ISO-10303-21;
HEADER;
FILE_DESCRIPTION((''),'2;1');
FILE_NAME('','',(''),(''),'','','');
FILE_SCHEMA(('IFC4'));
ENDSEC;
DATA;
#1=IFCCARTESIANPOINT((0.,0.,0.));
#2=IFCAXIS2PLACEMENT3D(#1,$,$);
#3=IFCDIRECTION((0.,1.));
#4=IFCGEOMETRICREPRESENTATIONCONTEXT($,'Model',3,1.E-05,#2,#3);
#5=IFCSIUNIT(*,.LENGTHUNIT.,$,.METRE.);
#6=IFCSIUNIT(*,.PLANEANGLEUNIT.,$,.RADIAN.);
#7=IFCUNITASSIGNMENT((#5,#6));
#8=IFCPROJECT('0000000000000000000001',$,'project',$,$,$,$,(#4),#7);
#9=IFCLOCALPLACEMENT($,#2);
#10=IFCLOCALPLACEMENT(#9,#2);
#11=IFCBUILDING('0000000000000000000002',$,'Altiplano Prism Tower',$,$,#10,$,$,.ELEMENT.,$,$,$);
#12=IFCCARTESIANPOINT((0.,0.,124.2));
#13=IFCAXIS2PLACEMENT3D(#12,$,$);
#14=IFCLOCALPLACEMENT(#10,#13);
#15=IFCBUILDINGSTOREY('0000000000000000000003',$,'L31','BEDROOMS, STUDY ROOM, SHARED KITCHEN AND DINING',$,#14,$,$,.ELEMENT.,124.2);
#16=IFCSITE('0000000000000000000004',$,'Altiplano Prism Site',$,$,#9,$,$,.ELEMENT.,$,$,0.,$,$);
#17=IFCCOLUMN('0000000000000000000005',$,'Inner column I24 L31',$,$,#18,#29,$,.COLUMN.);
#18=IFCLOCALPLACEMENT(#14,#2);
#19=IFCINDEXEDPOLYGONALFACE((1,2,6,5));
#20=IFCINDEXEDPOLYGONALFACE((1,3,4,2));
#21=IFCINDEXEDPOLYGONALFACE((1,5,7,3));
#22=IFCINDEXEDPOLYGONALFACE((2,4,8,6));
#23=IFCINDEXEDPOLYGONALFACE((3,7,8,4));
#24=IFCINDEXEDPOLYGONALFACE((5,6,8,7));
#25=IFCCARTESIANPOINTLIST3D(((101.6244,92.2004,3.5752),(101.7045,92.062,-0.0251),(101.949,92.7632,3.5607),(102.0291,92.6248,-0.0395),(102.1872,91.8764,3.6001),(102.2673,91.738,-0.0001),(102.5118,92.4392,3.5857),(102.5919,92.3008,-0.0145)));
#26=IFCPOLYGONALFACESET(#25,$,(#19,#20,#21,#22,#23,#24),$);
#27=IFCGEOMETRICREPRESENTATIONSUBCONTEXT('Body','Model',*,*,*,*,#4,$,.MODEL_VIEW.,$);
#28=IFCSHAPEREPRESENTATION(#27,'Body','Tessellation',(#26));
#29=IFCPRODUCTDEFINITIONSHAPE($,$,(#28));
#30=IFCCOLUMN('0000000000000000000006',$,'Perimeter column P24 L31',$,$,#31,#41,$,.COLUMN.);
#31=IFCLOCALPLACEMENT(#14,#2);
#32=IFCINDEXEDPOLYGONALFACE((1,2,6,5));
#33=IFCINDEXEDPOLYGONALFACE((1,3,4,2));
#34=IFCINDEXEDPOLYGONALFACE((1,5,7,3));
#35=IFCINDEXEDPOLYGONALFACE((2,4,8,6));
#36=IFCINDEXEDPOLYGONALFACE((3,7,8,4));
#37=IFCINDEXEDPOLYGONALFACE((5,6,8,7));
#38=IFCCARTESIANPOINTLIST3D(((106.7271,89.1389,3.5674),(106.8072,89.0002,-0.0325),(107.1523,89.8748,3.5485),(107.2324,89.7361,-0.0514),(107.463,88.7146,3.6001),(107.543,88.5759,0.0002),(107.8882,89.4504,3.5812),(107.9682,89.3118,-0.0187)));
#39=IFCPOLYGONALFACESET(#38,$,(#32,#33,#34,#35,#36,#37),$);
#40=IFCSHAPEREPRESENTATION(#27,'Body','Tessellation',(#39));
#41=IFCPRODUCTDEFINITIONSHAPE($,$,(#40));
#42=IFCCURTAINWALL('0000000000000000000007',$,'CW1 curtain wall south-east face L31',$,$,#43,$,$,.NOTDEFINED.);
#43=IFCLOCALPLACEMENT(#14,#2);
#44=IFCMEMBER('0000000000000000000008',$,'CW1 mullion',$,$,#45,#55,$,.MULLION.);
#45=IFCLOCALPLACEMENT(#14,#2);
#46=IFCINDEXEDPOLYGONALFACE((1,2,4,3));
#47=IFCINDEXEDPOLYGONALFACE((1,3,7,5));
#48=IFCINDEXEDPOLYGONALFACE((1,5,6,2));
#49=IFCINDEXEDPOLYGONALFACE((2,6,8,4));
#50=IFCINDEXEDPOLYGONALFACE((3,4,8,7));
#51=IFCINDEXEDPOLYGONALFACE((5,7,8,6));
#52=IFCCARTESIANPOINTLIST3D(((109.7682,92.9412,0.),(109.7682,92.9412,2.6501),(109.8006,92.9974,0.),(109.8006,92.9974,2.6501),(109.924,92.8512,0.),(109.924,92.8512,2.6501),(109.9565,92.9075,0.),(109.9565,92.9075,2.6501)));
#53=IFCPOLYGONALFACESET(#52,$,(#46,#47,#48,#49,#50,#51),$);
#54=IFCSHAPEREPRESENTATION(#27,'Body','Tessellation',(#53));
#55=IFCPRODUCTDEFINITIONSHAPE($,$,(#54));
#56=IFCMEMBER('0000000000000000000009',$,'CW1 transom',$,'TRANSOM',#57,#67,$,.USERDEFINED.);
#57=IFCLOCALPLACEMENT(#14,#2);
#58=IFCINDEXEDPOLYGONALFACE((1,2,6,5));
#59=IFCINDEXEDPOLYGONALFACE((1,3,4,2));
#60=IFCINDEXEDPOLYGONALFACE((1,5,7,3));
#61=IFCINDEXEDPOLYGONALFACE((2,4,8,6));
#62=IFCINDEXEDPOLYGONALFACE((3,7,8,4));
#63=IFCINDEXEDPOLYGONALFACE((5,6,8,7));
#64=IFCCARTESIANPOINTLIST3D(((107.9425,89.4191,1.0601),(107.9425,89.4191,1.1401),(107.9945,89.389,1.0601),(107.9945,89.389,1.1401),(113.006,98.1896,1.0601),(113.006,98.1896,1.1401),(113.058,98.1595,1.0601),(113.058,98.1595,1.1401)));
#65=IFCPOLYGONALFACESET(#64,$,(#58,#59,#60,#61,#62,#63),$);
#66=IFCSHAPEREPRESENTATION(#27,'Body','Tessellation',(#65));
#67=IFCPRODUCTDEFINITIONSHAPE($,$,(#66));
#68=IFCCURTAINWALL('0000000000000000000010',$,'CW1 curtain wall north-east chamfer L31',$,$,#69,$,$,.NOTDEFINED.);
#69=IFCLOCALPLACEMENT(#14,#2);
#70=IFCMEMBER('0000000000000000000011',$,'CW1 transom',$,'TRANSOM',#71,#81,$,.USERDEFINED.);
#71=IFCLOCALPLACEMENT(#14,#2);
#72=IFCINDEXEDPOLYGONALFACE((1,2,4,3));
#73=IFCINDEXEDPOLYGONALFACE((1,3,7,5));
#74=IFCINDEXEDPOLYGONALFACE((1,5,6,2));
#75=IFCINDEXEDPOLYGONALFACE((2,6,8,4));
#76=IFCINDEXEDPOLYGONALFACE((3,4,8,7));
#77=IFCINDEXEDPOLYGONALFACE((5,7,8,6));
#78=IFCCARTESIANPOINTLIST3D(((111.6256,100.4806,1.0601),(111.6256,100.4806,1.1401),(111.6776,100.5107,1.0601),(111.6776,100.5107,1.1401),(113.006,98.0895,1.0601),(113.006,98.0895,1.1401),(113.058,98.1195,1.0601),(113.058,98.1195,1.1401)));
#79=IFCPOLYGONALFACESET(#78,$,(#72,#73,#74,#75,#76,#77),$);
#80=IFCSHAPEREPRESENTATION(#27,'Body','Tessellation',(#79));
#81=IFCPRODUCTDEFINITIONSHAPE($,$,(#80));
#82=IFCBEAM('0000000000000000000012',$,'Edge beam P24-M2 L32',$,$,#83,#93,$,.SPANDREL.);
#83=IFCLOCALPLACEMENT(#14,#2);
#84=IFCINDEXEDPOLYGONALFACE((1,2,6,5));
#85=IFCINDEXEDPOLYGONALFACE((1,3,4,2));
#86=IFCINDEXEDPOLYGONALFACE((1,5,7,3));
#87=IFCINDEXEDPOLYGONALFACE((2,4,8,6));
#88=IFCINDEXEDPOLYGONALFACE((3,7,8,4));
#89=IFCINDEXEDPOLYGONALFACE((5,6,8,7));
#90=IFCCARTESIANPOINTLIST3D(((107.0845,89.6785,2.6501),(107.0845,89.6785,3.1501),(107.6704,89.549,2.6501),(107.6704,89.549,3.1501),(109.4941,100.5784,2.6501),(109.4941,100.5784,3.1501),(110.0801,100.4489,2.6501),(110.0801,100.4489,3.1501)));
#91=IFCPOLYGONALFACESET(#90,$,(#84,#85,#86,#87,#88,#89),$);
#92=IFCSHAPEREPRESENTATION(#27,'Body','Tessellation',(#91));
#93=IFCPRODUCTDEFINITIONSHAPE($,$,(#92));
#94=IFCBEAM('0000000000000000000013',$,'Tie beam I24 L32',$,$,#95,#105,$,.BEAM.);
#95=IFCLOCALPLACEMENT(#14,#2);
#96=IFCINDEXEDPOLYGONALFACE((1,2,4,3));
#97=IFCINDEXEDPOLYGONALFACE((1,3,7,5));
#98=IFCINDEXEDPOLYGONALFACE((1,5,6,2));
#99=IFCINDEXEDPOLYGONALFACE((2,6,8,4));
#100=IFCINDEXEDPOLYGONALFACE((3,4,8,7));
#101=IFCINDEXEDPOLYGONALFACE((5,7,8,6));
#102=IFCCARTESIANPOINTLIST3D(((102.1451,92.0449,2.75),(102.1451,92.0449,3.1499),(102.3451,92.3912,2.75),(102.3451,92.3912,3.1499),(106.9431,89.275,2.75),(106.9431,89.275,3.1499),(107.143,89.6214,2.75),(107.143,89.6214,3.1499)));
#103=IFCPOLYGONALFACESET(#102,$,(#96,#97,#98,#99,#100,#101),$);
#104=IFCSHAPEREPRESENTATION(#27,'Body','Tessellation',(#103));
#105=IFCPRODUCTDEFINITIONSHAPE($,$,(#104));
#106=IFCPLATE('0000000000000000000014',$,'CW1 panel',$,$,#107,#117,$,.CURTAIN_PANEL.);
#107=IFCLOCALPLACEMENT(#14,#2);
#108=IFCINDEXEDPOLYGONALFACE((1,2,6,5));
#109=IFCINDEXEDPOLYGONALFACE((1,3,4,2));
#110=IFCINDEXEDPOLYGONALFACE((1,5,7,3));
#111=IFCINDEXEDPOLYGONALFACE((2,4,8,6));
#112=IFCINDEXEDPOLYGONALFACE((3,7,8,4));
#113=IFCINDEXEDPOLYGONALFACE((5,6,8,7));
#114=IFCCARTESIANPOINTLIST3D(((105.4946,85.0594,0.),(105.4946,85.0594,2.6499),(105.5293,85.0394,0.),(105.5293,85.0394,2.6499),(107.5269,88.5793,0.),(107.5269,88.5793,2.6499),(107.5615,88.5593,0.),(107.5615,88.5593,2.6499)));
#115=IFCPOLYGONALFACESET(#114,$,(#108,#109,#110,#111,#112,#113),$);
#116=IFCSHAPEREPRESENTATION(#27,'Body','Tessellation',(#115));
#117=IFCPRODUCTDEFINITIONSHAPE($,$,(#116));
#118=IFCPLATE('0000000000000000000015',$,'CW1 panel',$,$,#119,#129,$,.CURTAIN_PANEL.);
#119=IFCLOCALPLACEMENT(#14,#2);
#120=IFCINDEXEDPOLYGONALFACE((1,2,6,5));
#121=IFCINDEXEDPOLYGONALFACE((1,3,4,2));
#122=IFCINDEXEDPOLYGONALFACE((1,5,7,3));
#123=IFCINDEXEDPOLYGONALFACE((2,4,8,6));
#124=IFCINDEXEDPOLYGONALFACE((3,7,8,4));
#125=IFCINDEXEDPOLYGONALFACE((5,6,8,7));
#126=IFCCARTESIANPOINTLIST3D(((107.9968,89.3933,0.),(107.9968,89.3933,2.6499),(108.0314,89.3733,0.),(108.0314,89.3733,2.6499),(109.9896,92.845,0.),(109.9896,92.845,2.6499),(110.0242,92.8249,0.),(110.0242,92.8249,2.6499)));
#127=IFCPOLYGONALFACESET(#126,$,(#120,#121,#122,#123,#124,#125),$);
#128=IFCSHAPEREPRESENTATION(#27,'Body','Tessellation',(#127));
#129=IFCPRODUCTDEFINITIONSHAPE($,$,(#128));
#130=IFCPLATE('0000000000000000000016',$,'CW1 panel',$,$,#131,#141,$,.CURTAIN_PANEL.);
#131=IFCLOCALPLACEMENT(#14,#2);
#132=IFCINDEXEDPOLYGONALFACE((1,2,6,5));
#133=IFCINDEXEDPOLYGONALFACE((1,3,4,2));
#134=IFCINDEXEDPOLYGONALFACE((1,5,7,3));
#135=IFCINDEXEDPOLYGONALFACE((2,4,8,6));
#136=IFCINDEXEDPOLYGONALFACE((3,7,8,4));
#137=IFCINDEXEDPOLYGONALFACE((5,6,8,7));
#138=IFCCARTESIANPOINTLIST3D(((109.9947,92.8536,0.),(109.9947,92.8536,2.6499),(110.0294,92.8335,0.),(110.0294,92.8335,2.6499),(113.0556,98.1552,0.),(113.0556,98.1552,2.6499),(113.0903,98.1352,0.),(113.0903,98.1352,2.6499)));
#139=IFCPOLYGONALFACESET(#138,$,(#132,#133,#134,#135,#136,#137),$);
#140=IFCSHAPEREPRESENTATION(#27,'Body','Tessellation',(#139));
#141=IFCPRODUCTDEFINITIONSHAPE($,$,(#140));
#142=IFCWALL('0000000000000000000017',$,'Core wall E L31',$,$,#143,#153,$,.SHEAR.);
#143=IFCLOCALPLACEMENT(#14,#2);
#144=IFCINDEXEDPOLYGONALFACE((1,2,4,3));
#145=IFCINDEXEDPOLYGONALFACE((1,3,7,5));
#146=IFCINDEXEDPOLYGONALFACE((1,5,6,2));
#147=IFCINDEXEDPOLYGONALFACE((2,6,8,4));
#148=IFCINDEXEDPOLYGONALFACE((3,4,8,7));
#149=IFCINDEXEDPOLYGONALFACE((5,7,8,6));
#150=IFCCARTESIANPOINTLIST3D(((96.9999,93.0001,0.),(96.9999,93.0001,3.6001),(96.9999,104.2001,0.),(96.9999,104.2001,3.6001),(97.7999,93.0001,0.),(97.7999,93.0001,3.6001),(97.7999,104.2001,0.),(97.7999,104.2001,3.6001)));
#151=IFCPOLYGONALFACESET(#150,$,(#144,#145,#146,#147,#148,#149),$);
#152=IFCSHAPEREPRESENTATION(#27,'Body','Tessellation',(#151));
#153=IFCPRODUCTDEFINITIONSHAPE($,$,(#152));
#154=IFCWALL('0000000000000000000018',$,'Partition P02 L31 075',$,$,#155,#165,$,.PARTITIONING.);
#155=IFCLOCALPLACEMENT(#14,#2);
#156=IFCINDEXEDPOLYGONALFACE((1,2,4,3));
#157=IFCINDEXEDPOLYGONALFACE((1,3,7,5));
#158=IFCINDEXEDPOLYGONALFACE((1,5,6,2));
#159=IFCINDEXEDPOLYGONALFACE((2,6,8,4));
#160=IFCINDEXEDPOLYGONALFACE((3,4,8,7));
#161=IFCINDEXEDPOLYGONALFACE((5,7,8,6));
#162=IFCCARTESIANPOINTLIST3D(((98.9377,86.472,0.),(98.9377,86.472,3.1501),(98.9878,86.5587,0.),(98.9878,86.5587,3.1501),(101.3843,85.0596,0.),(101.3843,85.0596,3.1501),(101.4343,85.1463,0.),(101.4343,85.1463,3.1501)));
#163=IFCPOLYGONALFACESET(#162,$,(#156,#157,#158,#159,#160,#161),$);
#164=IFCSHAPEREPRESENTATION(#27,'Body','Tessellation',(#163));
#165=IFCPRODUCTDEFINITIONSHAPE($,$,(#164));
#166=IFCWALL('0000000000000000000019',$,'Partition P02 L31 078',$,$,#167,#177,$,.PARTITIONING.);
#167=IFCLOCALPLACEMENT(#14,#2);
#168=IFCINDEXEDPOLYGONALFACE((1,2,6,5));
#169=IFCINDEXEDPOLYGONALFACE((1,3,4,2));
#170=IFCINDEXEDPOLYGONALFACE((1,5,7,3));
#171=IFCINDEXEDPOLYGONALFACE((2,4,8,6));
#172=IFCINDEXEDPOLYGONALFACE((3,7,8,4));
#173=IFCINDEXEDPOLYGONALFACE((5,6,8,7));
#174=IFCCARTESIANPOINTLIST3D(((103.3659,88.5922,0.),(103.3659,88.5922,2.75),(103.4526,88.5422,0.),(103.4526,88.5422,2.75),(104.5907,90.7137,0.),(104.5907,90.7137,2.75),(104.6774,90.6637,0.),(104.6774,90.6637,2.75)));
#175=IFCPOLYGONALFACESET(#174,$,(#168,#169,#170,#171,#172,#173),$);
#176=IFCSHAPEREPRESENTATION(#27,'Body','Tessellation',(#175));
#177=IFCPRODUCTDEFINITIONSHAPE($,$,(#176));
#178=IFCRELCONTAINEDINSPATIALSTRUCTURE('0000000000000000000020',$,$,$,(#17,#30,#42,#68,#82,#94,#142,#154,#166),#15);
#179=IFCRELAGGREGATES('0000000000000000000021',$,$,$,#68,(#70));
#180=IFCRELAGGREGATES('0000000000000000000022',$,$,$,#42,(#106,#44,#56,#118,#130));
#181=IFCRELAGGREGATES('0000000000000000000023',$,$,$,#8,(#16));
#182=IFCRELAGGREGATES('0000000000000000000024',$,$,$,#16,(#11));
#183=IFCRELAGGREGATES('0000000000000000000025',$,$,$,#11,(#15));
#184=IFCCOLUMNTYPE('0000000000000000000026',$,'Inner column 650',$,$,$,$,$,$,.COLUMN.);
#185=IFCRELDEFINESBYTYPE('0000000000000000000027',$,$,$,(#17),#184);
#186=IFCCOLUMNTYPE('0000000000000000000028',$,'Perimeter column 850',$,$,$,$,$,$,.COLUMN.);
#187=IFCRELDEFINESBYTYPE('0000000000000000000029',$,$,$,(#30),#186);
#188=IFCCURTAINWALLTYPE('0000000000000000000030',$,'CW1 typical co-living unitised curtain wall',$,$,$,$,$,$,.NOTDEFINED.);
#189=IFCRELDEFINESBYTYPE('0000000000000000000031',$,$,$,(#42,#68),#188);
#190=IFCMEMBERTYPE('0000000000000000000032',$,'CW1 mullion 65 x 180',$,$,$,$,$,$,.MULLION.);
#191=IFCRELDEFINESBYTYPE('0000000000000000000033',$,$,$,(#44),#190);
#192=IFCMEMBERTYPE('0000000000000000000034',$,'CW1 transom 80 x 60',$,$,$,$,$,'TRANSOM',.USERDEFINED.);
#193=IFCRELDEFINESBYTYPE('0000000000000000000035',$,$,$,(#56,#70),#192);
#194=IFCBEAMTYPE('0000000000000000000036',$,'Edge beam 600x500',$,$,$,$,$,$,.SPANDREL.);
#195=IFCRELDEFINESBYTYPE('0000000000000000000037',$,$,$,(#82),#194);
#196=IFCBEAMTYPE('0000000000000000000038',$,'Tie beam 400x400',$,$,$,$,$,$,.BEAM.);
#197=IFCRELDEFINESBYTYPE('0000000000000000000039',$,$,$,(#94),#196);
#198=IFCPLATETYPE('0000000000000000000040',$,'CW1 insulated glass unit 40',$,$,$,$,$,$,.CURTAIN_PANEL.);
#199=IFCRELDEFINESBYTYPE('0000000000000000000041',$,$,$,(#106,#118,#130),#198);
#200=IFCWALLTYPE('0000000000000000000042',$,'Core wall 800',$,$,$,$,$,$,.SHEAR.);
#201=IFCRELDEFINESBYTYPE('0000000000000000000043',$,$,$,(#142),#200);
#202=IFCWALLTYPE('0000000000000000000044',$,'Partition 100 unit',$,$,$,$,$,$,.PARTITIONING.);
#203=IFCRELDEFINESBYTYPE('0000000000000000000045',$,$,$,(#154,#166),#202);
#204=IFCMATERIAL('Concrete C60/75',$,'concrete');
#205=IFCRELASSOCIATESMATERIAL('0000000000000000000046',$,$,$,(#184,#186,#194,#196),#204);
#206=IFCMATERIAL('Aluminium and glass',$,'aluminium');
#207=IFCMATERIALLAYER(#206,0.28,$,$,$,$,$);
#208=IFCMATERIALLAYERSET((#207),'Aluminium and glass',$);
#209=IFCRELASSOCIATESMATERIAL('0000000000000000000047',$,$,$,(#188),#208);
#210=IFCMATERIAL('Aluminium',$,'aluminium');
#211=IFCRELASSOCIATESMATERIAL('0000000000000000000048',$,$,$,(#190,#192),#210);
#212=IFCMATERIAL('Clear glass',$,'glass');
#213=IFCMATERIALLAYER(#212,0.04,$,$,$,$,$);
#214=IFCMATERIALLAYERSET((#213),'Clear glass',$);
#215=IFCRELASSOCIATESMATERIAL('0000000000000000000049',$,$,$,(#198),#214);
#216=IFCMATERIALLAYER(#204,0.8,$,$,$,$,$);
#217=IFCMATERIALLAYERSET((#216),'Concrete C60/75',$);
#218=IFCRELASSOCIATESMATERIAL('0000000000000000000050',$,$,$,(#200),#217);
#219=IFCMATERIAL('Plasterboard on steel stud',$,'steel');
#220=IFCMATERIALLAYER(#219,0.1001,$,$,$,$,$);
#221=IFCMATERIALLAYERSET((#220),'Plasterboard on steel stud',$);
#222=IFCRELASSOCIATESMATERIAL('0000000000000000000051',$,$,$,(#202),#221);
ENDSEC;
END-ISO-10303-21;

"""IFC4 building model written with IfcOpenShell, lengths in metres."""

from ifc_helpers import new_model, si_unit, direction, frame, frame_2d, origin, origin_2d, place, context, subcontext, project, spatial, rectangle, extrude, material, layer, layer_set, material_profile, profile_set, type_object, element, aggregate, save


model = new_model("IFC4")

# Units and contexts
model_context = context("Model", 3, precision=1e-05, world=origin(), true_north=direction((0.0, 1.0)))
body_context = subcontext(model_context, "Body", "Model", "MODEL_VIEW")
ifc_project = project(units=[si_unit("LENGTHUNIT", "METRE"), si_unit("PLANEANGLEUNIT", "RADIAN")], contexts=[model_context])

# Site, building, storey
site_placement = place(None, origin())
site = spatial("IfcSite", under=ifc_project, at=site_placement, Name="Altiplano Prism Site", CompositionType="ELEMENT", RefElevation=0.0)
building_placement = place(site_placement, origin())
building = spatial("IfcBuilding", under=site, at=building_placement, Name="Altiplano Prism Tower", CompositionType="ELEMENT")
storey_placement = place(building_placement, frame((0.0, 0.0, 124.2)))
storey = spatial("IfcBuildingStorey", under=building, at=storey_placement, Name="L31", Description="BEDROOMS, STUDY ROOM, SHARED KITCHEN AND DINING", CompositionType="ELEMENT", Elevation=124.2)

# Columns
ifc_material_1 = material(Name="Concrete C60/75", Category="concrete")
ifc_material_profile_1 = material_profile(ifc_material_1, rectangle(XDim=0.6499, YDim=0.6499, at=origin_2d()), Name="Inner column 650")
ifc_profile_set_1 = profile_set([ifc_material_profile_1], Name="Concrete C60/75")
column_type_1 = type_object("IfcColumnType", Name="Inner column 650", PredefinedType="COLUMN", material=ifc_profile_set_1)
column_1_placement = place(storey_placement, frame((102.1482, 92.1814, -0.0198), z_axis=(-0.022221, 0.038413, 0.999015), x_axis=(-0.499513, -0.866022, 0.022189)))
element("IfcColumn", 1, at=column_1_placement, inside=storey, type_object=column_type_1, Name="Inner column I24 L31", PredefinedType="COLUMN", context=body_context, shape_type="SweptSolid", body=[
    extrude(rectangle(XDim=0.6499, YDim=0.6499, at=origin_2d()), origin(), (0.0, 0.0, 1.0), 3.6038),
])
ifc_material_profile_2 = material_profile(ifc_material_1, rectangle(XDim=0.8501, YDim=0.8501, at=origin_2d()), Name="Perimeter column 850")
ifc_profile_set_2 = profile_set([ifc_material_profile_2], Name="Concrete C60/75")
column_type_2 = type_object("IfcColumnType", Name="Perimeter column 850", PredefinedType="COLUMN", material=ifc_profile_set_2)
column_2_placement = place(storey_placement, frame((107.3877, 89.156, -0.0256), z_axis=(-0.022223, 0.038483, 0.999012), x_axis=(-0.500175, -0.865639, 0.022219)))
element("IfcColumn", 2, at=column_2_placement, inside=storey, type_object=column_type_2, Name="Perimeter column P24 L31", PredefinedType="COLUMN", context=body_context, shape_type="SweptSolid", body=[
    extrude(rectangle(XDim=0.8501, YDim=0.8501, at=origin_2d()), origin(), (0.0, 0.0, 1.0), 3.6035),
])

# Curtain wall, members
ifc_material_2 = material(Name="Aluminium and glass", Category="aluminium")
ifc_layer_1 = layer(ifc_material_2, 0.28)
ifc_layer_set_1 = layer_set([ifc_layer_1], Name="Aluminium and glass")
curtain_wall_type = type_object("IfcCurtainWallType", Name="CW1 typical co-living unitised curtain wall", PredefinedType="NOTDEFINED", material=ifc_layer_set_1)
curtain_wall_1_placement = place(storey_placement, origin())
curtain_wall_1 = element("IfcCurtainWall", 3, at=curtain_wall_1_placement, inside=storey, type_object=curtain_wall_type, Name="CW1 curtain wall south-east face L31", PredefinedType="NOTDEFINED")
ifc_material_3 = material(Name="Aluminium", Category="aluminium")
ifc_material_profile_3 = material_profile(ifc_material_3, rectangle(XDim=0.1799, YDim=0.0649, at=origin_2d()), Name="CW1 mullion 65 x 180")
ifc_profile_set_3 = profile_set([ifc_material_profile_3], Name="Aluminium")
member_type_1 = type_object("IfcMemberType", Name="CW1 mullion 65 x 180", PredefinedType="MULLION", material=ifc_profile_set_3)
member_1_placement = place(storey_placement, frame((109.8623, 92.9243, 0.0), z_axis=(0.0, 0.0, 1.0), x_axis=(-0.866025, 0.5, 0.0)))
member_1 = element("IfcMember", 4, at=member_1_placement, type_object=member_type_1, Name="CW1 mullion", PredefinedType="MULLION", context=body_context, shape_type="SweptSolid", body=[
    extrude(rectangle(XDim=0.1799, YDim=0.0649, at=origin_2d()), origin(), (0.0, 0.0, 1.0), 2.6501),
])
ifc_material_profile_4 = material_profile(ifc_material_3, rectangle(XDim=0.0601, YDim=0.0801, at=origin_2d()), Name="CW1 transom 80 x 60")
ifc_profile_set_4 = profile_set([ifc_material_profile_4], Name="Aluminium")
member_type_2 = type_object("IfcMemberType", Name="CW1 transom 80 x 60", ElementType="TRANSOM", PredefinedType="USERDEFINED", material=ifc_profile_set_4)
member_2_placement = place(storey_placement, frame((107.9685, 89.4041, 1.1001), z_axis=(0.499987, 0.866033, 0.0), x_axis=(-0.866033, 0.499987, 0.0)))
member_2 = element("IfcMember", 5, at=member_2_placement, type_object=member_type_2, Name="CW1 transom", ObjectType="TRANSOM", PredefinedType="USERDEFINED", context=body_context, shape_type="SweptSolid", body=[
    extrude(rectangle(XDim=0.0601, YDim=0.0801, at=origin_2d()), origin(), (0.0, 0.0, 1.0), 10.1272),
])

# Curtain wall, member
curtain_wall_2_placement = place(storey_placement, origin())
curtain_wall_2 = element("IfcCurtainWall", 6, at=curtain_wall_2_placement, inside=storey, type_object=curtain_wall_type, Name="CW1 curtain wall north-east chamfer L31", PredefinedType="NOTDEFINED")
member_3_placement = place(storey_placement, frame((113.032, 98.1045, 1.1001), z_axis=(-0.499962, 0.866047, 0.0), x_axis=(-0.866047, -0.499962, 0.0)))
member_3 = element("IfcMember", 7, at=member_3_placement, type_object=member_type_2, Name="CW1 transom", ObjectType="TRANSOM", PredefinedType="USERDEFINED", context=body_context, shape_type="SweptSolid", body=[
    extrude(rectangle(XDim=0.0601, YDim=0.0801, at=origin_2d()), origin(), (0.0, 0.0, 1.0), 2.761),
])
aggregate(curtain_wall_2, [member_3])

# Beams
ifc_material_profile_5 = material_profile(ifc_material_1, rectangle(XDim=0.6001, YDim=0.5, at=origin_2d()), Name="Edge beam 600x500")
ifc_profile_set_5 = profile_set([ifc_material_profile_5], Name="Concrete C60/75")
beam_type_1 = type_object("IfcBeamType", Name="Edge beam 600x500", PredefinedType="SPANDREL", material=ifc_profile_set_5)
beam_1_placement = place(storey_placement, frame((107.3774, 89.6138, 2.9001), z_axis=(0.21586, 0.976424, 0.0), x_axis=(-0.976424, 0.21586, 0.0)))
element("IfcBeam", 8, at=beam_1_placement, inside=storey, type_object=beam_type_1, Name="Edge beam P24-M2 L32", PredefinedType="SPANDREL", context=body_context, shape_type="SweptSolid", body=[
    extrude(rectangle(XDim=0.6001, YDim=0.5, at=origin_2d()), origin(), (0.0, 0.0, 1.0), 11.1631),
])
ifc_material_profile_6 = material_profile(ifc_material_1, rectangle(XDim=0.3999, YDim=0.3999, at=origin_2d()), Name="Tie beam 400x400")
ifc_profile_set_6 = profile_set([ifc_material_profile_6], Name="Concrete C60/75")
beam_type_2 = type_object("IfcBeamType", Name="Tie beam 400x400", PredefinedType="BEAM", material=ifc_profile_set_6)
beam_2_placement = place(storey_placement, frame((102.2451, 92.218, 2.95), z_axis=(0.866046, -0.499964, 0.0), x_axis=(0.499964, 0.866046, 0.0)))
element("IfcBeam", 9, at=beam_2_placement, inside=storey, type_object=beam_type_2, Name="Tie beam I24 L32", PredefinedType="BEAM", context=body_context, shape_type="SweptSolid", body=[
    extrude(rectangle(XDim=0.3999, YDim=0.3999, at=origin_2d()), origin(), (0.0, 0.0, 1.0), 5.54),
])

# Plates
ifc_material_4 = material(Name="Clear glass", Category="glass")
ifc_layer_2 = layer(ifc_material_4, 0.04)
ifc_layer_set_2 = layer_set([ifc_layer_2], Name="Clear glass")
plate_type = type_object("IfcPlateType", Name="CW1 insulated glass unit 40", PredefinedType="CURTAIN_PANEL", material=ifc_layer_set_2)
plate_1_placement = place(storey_placement, frame((106.5281, 86.8093, 0.0), z_axis=(0.0, 0.0, 1.0), x_axis=(0.5, 0.866025, 0.0)))
plate_1 = element("IfcPlate", 10, at=plate_1_placement, type_object=plate_type, Name="CW1 panel", PredefinedType="CURTAIN_PANEL", context=body_context, shape_type="SweptSolid", body=[
    extrude(rectangle(XDim=4.0645, YDim=0.04, at=origin_2d()), origin(), (0.0, 0.0, 1.0), 2.6499),
])
plate_2_placement = place(storey_placement, frame((109.0105, 91.1091, 0.0), z_axis=(0.0, 0.0, 1.0), x_axis=(0.5, 0.866025, 0.0)))
plate_2 = element("IfcPlate", 11, at=plate_2_placement, type_object=plate_type, Name="CW1 panel", PredefinedType="CURTAIN_PANEL", context=body_context, shape_type="SweptSolid", body=[
    extrude(rectangle(XDim=3.9856, YDim=0.04, at=origin_2d()), origin(), (0.0, 0.0, 1.0), 2.6499),
])
plate_3_placement = place(storey_placement, frame((111.5425, 95.4944, 0.0), z_axis=(0.0, 0.0, 1.0), x_axis=(0.5, 0.866025, 0.0)))
plate_3 = element("IfcPlate", 12, at=plate_3_placement, type_object=plate_type, Name="CW1 panel", PredefinedType="CURTAIN_PANEL", context=body_context, shape_type="SweptSolid", body=[
    extrude(rectangle(XDim=6.1218, YDim=0.04, at=origin_2d()), origin(), (0.0, 0.0, 1.0), 2.6499),
])
aggregate(curtain_wall_1, [plate_1, member_1, member_2, plate_2, plate_3])

# Walls
ifc_layer_3 = layer(ifc_material_1, 0.8)
ifc_layer_set_3 = layer_set([ifc_layer_3], Name="Concrete C60/75")
wall_type_1 = type_object("IfcWallType", Name="Core wall 800", PredefinedType="SHEAR", material=ifc_layer_set_3)
wall_1_placement = place(storey_placement, frame((97.3999, 93.0, 0.0), z_axis=(0.0, 0.0, 1.0), x_axis=(0.0, 1.0, 0.0)))
element("IfcWall", 13, at=wall_1_placement, inside=storey, type_object=wall_type_1, Name="Core wall E L31", PredefinedType="SHEAR", context=body_context, shape_type="SweptSolid", body=[
    extrude(rectangle(XDim=11.2, YDim=0.8, at=frame_2d((5.6001, 0.0))), origin(), (0.0, 0.0, 1.0), 3.6001),
])
ifc_material_5 = material(Name="Plasterboard on steel stud", Category="steel")
ifc_layer_4 = layer(ifc_material_5, 0.1001)
ifc_layer_set_4 = layer_set([ifc_layer_4], Name="Plasterboard on steel stud")
wall_type_2 = type_object("IfcWallType", Name="Partition 100 unit", PredefinedType="PARTITIONING", material=ifc_layer_set_4)
wall_2_placement = place(storey_placement, frame((98.9626, 86.5154, 0.0), z_axis=(0.0, 0.0, 1.0), x_axis=(0.866049, -0.499959, 0.0)))
element("IfcWall", 14, at=wall_2_placement, inside=storey, type_object=wall_type_2, Name="Partition P02 L31 075", PredefinedType="PARTITIONING", context=body_context, shape_type="SweptSolid", body=[
    extrude(rectangle(XDim=2.825, YDim=0.1001, at=frame_2d((1.4126, 0.0))), origin(), (0.0, 0.0, 1.0), 3.1501),
])
wall_3_placement = place(storey_placement, frame((104.634, 90.6887, 0.0), z_axis=(0.0, 0.0, 1.0), x_axis=(-0.499987, -0.866033, 0.0)))
element("IfcWall", 15, at=wall_3_placement, inside=storey, type_object=wall_type_2, Name="Partition P02 L31 078", PredefinedType="PARTITIONING", context=body_context, shape_type="SweptSolid", body=[
    extrude(rectangle(XDim=2.4497, YDim=0.1001, at=frame_2d((1.2249, 0.0))), origin(), (0.0, 0.0, 1.0), 2.75),
])

save(model, "model.ifc")
